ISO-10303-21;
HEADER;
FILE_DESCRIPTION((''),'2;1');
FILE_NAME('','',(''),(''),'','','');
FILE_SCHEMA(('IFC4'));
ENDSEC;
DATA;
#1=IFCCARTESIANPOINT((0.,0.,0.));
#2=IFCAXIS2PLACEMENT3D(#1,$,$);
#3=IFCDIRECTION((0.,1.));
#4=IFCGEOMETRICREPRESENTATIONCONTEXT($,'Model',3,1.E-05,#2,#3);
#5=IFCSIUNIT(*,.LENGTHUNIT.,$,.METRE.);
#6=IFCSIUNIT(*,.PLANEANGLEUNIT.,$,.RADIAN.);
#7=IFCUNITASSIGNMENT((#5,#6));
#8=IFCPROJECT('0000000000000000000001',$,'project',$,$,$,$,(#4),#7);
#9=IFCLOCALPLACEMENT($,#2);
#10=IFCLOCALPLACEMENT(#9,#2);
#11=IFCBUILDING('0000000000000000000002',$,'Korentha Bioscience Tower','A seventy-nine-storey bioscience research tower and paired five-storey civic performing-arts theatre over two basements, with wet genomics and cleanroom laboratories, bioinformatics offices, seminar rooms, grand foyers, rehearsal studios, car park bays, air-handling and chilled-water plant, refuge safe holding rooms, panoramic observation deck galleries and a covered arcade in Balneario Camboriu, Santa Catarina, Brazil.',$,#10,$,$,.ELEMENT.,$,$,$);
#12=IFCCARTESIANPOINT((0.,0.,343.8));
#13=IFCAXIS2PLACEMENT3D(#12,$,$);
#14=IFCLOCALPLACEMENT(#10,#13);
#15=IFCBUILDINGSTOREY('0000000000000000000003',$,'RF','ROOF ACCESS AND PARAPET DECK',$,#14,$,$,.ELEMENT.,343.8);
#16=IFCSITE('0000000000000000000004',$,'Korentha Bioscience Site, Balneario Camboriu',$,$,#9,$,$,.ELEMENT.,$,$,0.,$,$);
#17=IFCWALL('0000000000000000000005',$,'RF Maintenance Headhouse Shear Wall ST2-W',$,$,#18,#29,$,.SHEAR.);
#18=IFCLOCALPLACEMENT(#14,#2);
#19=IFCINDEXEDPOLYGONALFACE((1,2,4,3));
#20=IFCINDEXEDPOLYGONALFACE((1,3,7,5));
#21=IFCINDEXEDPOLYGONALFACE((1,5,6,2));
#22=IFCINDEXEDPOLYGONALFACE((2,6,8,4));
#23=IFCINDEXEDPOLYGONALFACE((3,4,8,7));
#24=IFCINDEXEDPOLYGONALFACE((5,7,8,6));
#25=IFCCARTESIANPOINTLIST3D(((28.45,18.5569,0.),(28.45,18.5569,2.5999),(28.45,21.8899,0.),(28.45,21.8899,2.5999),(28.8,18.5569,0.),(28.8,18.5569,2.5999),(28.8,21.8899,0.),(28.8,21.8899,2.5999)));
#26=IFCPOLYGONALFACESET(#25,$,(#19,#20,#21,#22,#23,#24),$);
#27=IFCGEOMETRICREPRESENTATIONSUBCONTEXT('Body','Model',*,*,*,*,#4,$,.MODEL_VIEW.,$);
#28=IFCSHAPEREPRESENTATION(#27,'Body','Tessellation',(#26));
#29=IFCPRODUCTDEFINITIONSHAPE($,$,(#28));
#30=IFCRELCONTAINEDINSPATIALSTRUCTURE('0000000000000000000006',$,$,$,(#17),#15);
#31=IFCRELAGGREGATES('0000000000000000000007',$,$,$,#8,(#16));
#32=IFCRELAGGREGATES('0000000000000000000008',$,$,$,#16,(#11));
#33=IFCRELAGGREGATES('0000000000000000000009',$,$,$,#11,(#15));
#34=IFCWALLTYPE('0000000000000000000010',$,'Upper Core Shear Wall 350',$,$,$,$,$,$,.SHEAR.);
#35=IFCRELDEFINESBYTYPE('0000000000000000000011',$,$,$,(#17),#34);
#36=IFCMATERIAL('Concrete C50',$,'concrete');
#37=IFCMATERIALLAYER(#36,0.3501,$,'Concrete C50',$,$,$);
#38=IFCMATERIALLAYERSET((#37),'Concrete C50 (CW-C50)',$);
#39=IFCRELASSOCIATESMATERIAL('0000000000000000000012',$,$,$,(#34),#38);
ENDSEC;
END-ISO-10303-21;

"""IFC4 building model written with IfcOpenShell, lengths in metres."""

from ifc_helpers import new_model, si_unit, direction, frame, frame_2d, origin, place, context, subcontext, project, spatial, rectangle, extrude, material, layer, layer_set, type_object, element, save


model = new_model("IFC4")

# Units and contexts
model_context = context("Model", 3, precision=1e-05, world=origin(), true_north=direction((0.0, 1.0)))
body_context = subcontext(model_context, "Body", "Model", "MODEL_VIEW")
ifc_project = project(units=[si_unit("LENGTHUNIT", "METRE"), si_unit("PLANEANGLEUNIT", "RADIAN")], contexts=[model_context])

# Site, building, storey
site_placement = place(None, origin())
site = spatial("IfcSite", under=ifc_project, at=site_placement, Name="Korentha Bioscience Site, Balneario Camboriu", CompositionType="ELEMENT", RefElevation=0.0)
building_placement = place(site_placement, origin())
building = spatial("IfcBuilding", under=site, at=building_placement, Name="Korentha Bioscience Tower", Description="A seventy-nine-storey bioscience research tower and paired five-storey civic performing-arts theatre over two basements, with wet genomics and cleanroom laboratories, bioinformatics offices, seminar rooms, grand foyers, rehearsal studios, car park bays, air-handling and chilled-water plant, refuge safe holding rooms, panoramic observation deck galleries and a covered arcade in Balneario Camboriu, Santa Catarina, Brazil.", CompositionType="ELEMENT")
storey_placement = place(building_placement, frame((0.0, 0.0, 343.8)))
storey = spatial("IfcBuildingStorey", under=building, at=storey_placement, Name="RF", Description="ROOF ACCESS AND PARAPET DECK", CompositionType="ELEMENT", Elevation=343.8)

# Wall
ifc_material_1 = material(Name="Concrete C50", Category="concrete")
ifc_layer_1 = layer(ifc_material_1, 0.3501, Name="Concrete C50")
ifc_layer_set_1 = layer_set([ifc_layer_1], Name="Concrete C50 (CW-C50)")
wall_type_1 = type_object("IfcWallType", Name="Upper Core Shear Wall 350", PredefinedType="SHEAR", material=ifc_layer_set_1)
wall_1_placement = place(storey_placement, frame((28.625, 18.5569, 0.0), z_axis=(0.0, 0.0, 1.0), x_axis=(0.0, 1.0, 0.0)))
element("IfcWall", 1, at=wall_1_placement, inside=storey, type_object=wall_type_1, Name="RF Maintenance Headhouse Shear Wall ST2-W", PredefinedType="SHEAR", context=body_context, shape_type="SweptSolid", body=[
    extrude(rectangle(XDim=3.333, YDim=0.3501, at=frame_2d((1.6665, 0.0))), origin(), (0.0, 0.0, 1.0), 2.5999),
])

save(model, "model.ifc")
